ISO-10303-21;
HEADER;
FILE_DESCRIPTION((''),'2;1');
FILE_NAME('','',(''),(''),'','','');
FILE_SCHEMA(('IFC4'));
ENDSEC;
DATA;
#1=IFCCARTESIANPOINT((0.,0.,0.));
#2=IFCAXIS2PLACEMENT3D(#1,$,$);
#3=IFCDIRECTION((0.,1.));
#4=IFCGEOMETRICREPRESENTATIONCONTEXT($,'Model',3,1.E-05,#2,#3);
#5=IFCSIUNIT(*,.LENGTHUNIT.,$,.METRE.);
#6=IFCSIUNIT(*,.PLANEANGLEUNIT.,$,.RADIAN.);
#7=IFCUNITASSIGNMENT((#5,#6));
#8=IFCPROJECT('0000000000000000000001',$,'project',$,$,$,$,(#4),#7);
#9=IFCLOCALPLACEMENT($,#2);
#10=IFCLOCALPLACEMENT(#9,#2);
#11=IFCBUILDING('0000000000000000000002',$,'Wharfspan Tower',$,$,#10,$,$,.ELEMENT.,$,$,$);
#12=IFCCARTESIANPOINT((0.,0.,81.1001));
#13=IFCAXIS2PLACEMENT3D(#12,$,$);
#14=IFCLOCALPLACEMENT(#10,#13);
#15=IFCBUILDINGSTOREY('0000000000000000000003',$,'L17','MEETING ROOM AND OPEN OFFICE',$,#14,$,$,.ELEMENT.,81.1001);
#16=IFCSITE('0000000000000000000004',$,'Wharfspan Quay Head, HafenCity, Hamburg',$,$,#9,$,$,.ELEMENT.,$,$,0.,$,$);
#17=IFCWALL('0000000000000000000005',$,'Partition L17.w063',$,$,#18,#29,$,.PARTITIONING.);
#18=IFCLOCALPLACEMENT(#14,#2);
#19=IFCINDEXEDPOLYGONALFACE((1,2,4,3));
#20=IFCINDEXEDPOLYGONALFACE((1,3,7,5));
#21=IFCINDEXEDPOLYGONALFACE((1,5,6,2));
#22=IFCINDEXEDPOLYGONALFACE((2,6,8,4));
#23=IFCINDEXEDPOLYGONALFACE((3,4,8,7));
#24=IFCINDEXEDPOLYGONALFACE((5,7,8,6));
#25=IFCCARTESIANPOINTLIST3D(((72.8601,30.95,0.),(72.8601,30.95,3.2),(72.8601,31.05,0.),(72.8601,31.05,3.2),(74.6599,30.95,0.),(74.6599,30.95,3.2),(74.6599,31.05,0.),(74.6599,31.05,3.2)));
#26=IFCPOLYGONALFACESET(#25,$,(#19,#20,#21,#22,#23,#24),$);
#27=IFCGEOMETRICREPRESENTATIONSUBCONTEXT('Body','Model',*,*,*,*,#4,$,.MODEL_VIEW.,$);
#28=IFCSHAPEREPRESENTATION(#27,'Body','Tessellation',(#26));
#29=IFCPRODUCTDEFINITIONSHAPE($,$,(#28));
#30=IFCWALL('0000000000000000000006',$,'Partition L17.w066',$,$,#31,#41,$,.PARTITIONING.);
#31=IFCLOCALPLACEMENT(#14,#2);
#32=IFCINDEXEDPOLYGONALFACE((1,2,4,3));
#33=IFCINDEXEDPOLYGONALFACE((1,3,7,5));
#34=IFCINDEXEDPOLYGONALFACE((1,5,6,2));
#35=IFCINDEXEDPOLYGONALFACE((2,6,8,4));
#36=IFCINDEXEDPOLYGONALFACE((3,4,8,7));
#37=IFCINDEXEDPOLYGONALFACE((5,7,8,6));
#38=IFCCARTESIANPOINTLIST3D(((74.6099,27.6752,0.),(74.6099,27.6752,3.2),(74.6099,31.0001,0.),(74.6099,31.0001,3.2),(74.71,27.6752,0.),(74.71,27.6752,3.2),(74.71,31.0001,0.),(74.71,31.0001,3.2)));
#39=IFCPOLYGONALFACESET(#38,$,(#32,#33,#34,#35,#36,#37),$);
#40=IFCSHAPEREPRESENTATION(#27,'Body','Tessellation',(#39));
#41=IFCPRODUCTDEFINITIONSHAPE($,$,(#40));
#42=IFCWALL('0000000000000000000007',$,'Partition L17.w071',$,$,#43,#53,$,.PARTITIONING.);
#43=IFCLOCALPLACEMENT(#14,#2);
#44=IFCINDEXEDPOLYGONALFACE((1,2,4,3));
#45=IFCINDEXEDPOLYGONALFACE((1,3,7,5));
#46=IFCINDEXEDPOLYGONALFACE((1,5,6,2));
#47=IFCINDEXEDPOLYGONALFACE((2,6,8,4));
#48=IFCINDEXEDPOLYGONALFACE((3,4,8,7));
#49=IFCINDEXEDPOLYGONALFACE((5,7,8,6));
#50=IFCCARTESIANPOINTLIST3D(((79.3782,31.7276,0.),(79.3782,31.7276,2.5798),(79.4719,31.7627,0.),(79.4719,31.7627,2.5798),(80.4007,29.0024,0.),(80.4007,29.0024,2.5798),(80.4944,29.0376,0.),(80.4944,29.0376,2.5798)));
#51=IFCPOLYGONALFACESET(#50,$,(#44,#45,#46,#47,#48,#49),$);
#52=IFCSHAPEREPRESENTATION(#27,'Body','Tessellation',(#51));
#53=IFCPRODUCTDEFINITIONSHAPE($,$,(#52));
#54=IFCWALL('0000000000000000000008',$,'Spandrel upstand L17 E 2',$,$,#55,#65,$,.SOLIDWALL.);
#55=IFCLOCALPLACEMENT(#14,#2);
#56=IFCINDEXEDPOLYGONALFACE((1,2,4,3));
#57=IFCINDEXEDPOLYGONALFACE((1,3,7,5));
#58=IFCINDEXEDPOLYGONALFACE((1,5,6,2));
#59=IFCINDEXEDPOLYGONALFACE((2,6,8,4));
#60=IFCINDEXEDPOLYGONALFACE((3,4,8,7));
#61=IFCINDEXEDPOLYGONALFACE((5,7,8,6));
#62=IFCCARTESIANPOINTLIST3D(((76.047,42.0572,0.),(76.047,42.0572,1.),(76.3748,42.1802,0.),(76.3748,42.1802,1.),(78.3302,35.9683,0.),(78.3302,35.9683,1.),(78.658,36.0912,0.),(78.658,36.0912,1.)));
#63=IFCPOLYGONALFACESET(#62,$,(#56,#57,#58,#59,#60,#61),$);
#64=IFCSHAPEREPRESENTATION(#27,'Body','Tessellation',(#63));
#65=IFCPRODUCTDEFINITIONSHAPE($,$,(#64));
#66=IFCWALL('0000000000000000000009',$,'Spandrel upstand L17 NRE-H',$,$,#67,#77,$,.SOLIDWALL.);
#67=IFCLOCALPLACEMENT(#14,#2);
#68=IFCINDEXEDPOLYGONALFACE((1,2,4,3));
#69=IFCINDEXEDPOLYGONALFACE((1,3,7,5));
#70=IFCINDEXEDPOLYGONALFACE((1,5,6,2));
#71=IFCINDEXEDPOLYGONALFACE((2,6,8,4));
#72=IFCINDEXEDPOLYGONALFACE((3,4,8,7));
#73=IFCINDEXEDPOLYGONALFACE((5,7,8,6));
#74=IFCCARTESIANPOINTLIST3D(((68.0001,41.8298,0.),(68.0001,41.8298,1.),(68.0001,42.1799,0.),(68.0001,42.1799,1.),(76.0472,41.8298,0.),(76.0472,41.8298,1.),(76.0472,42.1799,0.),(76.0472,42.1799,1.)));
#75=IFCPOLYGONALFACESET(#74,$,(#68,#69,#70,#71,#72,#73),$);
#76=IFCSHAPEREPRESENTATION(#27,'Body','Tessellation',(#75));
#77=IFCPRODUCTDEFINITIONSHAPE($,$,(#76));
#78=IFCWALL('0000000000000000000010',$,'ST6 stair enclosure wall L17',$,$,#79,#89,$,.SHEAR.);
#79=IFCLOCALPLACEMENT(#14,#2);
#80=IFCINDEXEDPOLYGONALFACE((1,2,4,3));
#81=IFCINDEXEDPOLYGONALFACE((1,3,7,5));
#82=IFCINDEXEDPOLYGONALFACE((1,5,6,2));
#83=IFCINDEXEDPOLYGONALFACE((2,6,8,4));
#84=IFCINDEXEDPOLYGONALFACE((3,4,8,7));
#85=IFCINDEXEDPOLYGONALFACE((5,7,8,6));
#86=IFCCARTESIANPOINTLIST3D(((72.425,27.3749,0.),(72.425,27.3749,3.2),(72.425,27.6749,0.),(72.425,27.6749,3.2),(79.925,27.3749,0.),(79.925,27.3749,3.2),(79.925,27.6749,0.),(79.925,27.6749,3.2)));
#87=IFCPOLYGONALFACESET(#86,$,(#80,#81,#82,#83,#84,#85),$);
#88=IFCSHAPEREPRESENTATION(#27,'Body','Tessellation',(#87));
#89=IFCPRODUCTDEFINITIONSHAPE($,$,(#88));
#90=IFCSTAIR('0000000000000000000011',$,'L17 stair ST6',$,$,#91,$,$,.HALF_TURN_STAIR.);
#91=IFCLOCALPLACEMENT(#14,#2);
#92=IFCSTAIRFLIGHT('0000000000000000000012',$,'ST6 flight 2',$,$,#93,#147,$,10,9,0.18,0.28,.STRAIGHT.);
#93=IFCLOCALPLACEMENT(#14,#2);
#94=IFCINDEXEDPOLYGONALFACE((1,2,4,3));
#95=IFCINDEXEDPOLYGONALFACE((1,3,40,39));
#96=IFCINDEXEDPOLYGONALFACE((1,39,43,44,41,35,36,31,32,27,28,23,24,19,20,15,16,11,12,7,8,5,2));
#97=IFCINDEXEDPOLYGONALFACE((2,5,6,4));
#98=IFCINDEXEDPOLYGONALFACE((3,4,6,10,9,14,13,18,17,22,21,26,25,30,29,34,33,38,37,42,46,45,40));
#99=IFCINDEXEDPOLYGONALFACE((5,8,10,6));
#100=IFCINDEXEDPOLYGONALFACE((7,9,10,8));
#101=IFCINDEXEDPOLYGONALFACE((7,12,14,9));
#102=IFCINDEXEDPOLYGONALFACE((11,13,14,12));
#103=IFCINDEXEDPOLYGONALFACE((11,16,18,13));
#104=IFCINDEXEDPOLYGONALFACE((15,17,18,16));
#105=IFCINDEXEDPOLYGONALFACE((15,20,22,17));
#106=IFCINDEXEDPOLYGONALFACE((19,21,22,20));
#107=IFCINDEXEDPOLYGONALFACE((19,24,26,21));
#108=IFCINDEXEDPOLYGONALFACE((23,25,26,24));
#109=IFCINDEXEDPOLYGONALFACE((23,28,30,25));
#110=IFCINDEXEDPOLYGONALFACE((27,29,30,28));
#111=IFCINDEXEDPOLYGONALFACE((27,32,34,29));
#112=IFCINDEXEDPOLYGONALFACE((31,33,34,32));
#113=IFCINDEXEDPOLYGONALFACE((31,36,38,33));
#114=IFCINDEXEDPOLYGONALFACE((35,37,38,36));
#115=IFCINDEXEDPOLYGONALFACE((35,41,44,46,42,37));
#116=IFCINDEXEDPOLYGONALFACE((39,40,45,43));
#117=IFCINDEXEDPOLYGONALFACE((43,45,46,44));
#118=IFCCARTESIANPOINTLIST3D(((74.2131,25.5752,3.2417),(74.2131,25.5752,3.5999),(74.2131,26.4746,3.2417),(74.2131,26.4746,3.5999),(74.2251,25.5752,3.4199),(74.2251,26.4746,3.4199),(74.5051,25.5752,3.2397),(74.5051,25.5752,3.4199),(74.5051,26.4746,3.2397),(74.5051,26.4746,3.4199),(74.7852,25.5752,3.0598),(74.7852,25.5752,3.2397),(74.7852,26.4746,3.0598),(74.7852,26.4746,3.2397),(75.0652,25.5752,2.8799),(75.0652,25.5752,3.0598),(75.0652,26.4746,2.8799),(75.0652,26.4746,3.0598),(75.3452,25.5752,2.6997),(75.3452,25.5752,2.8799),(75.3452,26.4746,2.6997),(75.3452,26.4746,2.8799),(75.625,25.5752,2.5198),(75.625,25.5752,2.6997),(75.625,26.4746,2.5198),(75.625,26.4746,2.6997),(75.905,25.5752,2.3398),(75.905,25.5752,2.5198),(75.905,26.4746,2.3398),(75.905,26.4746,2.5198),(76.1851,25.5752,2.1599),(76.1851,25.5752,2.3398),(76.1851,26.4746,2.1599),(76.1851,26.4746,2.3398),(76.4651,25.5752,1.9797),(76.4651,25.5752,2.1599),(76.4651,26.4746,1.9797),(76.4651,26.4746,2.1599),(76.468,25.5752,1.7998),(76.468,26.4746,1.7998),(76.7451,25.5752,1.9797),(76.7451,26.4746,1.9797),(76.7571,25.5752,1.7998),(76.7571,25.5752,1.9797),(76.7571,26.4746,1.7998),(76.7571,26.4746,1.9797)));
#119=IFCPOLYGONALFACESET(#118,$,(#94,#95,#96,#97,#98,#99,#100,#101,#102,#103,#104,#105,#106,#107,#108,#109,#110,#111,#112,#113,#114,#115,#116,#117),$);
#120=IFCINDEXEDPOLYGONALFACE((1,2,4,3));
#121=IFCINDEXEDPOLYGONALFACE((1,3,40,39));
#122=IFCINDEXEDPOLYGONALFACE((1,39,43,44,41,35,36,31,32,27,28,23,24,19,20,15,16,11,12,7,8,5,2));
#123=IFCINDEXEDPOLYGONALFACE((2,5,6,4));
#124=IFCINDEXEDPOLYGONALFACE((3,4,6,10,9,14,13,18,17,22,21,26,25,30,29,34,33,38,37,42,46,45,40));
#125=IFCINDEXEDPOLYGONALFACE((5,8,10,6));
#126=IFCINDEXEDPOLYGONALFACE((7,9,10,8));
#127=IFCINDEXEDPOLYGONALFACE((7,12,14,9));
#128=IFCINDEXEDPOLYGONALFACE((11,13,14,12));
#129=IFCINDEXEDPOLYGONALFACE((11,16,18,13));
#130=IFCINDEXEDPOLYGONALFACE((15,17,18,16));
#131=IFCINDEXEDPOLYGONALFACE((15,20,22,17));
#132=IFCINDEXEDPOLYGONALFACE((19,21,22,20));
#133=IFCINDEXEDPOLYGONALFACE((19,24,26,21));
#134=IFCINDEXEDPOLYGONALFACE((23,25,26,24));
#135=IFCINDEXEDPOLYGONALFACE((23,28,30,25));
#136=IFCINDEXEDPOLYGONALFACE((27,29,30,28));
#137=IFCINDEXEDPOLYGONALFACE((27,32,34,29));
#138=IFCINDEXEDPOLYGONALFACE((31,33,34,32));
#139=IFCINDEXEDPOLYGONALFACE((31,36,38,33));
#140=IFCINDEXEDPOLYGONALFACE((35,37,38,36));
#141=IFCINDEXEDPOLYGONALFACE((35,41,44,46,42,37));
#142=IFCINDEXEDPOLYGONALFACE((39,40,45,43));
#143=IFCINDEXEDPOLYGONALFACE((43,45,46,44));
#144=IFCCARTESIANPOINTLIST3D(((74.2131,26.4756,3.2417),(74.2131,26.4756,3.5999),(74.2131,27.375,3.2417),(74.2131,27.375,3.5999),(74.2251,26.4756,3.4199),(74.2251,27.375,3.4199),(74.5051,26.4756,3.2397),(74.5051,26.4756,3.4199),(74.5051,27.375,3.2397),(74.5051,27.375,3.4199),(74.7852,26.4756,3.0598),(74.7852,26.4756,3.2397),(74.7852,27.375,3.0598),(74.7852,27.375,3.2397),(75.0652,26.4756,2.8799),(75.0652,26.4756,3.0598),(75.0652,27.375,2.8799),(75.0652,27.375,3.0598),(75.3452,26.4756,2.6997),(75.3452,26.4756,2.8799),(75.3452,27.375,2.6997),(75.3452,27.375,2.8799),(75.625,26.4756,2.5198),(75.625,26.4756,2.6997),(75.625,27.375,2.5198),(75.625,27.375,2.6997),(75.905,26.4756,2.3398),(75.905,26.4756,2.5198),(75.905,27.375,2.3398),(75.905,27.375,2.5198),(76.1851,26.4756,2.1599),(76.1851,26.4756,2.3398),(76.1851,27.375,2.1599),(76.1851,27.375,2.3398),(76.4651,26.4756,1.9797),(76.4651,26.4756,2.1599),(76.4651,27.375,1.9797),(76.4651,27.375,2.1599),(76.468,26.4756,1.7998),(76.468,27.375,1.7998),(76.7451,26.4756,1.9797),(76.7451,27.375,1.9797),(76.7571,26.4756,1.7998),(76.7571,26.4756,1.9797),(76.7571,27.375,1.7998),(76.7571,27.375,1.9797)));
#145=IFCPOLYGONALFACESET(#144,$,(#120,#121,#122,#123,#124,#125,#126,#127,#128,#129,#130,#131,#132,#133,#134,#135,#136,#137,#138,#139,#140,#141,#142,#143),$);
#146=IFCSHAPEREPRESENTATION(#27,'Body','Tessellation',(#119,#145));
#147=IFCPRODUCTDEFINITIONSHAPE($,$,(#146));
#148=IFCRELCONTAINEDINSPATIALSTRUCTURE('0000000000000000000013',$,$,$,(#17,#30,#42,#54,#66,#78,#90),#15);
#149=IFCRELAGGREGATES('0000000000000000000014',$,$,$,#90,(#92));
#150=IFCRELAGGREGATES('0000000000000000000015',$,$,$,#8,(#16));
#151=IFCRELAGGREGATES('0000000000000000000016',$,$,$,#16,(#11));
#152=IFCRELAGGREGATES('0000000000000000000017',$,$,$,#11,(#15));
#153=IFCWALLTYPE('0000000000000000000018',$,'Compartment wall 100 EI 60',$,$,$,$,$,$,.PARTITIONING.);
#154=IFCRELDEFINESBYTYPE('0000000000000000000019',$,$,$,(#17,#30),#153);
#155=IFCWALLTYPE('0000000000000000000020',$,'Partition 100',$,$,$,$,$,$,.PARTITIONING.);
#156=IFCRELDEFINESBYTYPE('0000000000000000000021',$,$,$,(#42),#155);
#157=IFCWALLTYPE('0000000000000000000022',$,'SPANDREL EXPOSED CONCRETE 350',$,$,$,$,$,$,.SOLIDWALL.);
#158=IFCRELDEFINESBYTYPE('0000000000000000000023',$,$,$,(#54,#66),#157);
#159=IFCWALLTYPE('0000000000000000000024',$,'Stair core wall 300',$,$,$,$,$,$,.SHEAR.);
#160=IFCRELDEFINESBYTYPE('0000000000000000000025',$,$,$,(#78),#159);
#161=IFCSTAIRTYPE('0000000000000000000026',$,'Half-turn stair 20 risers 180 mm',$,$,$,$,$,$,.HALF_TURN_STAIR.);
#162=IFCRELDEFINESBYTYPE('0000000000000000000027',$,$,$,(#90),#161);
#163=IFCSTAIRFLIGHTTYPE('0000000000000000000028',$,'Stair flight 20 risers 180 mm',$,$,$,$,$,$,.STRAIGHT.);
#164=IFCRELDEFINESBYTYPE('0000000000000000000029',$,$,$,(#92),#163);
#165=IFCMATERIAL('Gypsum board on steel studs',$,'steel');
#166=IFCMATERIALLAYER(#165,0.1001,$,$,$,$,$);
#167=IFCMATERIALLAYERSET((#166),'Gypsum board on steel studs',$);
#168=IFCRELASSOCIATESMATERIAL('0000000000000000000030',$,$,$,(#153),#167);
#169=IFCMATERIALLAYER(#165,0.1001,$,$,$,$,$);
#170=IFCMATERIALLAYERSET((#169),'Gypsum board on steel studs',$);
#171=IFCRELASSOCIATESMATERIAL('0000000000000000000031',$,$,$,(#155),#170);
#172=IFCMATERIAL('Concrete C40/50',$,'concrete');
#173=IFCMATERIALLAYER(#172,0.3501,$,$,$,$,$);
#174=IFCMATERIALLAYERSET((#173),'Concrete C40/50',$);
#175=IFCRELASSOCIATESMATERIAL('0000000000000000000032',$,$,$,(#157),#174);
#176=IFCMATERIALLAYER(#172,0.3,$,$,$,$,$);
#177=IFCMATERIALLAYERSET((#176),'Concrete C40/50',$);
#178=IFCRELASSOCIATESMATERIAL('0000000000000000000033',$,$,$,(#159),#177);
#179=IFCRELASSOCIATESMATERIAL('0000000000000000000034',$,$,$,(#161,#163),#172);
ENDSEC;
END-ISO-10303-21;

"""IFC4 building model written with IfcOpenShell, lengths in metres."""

from ifc_helpers import new_model, si_unit, direction, frame, frame_2d, origin, place, context, subcontext, project, spatial, polyline, rectangle, outline, extrude, material, layer, layer_set, type_object, element, aggregate, save


model = new_model("IFC4")

# Units and contexts
model_context = context("Model", 3, precision=1e-05, world=origin(), true_north=direction((0.0, 1.0)))
body_context = subcontext(model_context, "Body", "Model", "MODEL_VIEW")
ifc_project = project(units=[si_unit("LENGTHUNIT", "METRE"), si_unit("PLANEANGLEUNIT", "RADIAN")], contexts=[model_context])

# Site, building, storey
site_placement = place(None, origin())
site = spatial("IfcSite", under=ifc_project, at=site_placement, Name="Wharfspan Quay Head, HafenCity, Hamburg", CompositionType="ELEMENT", RefElevation=0.0)
building_placement = place(site_placement, origin())
building = spatial("IfcBuilding", under=site, at=building_placement, Name="Wharfspan Tower", CompositionType="ELEMENT")
storey_placement = place(building_placement, frame((0.0, 0.0, 81.1001)))
storey = spatial("IfcBuildingStorey", under=building, at=storey_placement, Name="L17", Description="MEETING ROOM AND OPEN OFFICE", CompositionType="ELEMENT", Elevation=81.1001)

# Walls
ifc_material_1 = material(Name="Gypsum board on steel studs", Category="steel")
ifc_layer_1 = layer(ifc_material_1, 0.1001)
ifc_layer_set_1 = layer_set([ifc_layer_1], Name="Gypsum board on steel studs")
wall_type_1 = type_object("IfcWallType", Name="Compartment wall 100 EI 60", PredefinedType="PARTITIONING", material=ifc_layer_set_1)
wall_1_placement = place(storey_placement, frame((72.8601, 31.0, 0.0), z_axis=(0.0, 0.0, 1.0), x_axis=(1.0, 0.0, 0.0)))
element("IfcWall", 1, at=wall_1_placement, inside=storey, type_object=wall_type_1, Name="Partition L17.w063", PredefinedType="PARTITIONING", context=body_context, shape_type="SweptSolid", body=[
    extrude(rectangle(XDim=1.7998, YDim=0.1001, at=frame_2d((0.8999, 0.0))), origin(), (0.0, 0.0, 1.0), 3.2),
])
wall_2_placement = place(storey_placement, frame((74.6599, 27.675, 0.0), z_axis=(0.0, 0.0, 1.0), x_axis=(0.0, 1.0, 0.0)))
element("IfcWall", 2, at=wall_2_placement, inside=storey, type_object=wall_type_1, Name="Partition L17.w066", PredefinedType="PARTITIONING", context=body_context, shape_type="SweptSolid", body=[
    extrude(rectangle(XDim=3.325, YDim=0.1001, at=frame_2d((1.6626, 0.0))), origin(), (0.0, 0.0, 1.0), 3.2),
])
ifc_layer_2 = layer(ifc_material_1, 0.1001)
ifc_layer_set_2 = layer_set([ifc_layer_2], Name="Gypsum board on steel studs")
wall_type_2 = type_object("IfcWallType", Name="Partition 100", PredefinedType="PARTITIONING", material=ifc_layer_set_2)
wall_3_placement = place(storey_placement, frame((80.4475, 29.02, 0.0), z_axis=(0.0, 0.0, 1.0), x_axis=(-0.35129, 0.93627, 0.0)))
element("IfcWall", 3, at=wall_3_placement, inside=storey, type_object=wall_type_2, Name="Partition L17.w071", PredefinedType="PARTITIONING", context=body_context, shape_type="SweptSolid", body=[
    extrude(rectangle(XDim=2.9106, YDim=0.1001, at=frame_2d((1.4553, 0.0))), origin(), (0.0, 0.0, 1.0), 2.5798),
])
ifc_material_2 = material(Name="Concrete C40/50", Category="concrete")
ifc_layer_3 = layer(ifc_material_2, 0.3501)
ifc_layer_set_3 = layer_set([ifc_layer_3], Name="Concrete C40/50")
wall_type_3 = type_object("IfcWallType", Name="SPANDREL EXPOSED CONCRETE 350", PredefinedType="SOLIDWALL", material=ifc_layer_set_3)
wall_4_placement = place(storey_placement, frame((78.4941, 36.0298, 0.0), z_axis=(0.0, 0.0, 1.0), x_axis=(-0.351108, 0.936338, 0.0)))
element("IfcWall", 4, at=wall_4_placement, inside=storey, type_object=wall_type_3, Name="Spandrel upstand L17 E 2", PredefinedType="SOLIDWALL", context=body_context, shape_type="SweptSolid", body=[
    extrude(rectangle(XDim=6.5029, YDim=0.3501, at=frame_2d((3.2515, 0.0))), origin(), (0.0, 0.0, 1.0), 1.0),
])
wall_5_placement = place(storey_placement, frame((76.0471, 42.0049, 0.0), z_axis=(0.0, 0.0, 1.0), x_axis=(-1.0, 0.0, 0.0)))
element("IfcWall", 5, at=wall_5_placement, inside=storey, type_object=wall_type_3, Name="Spandrel upstand L17 NRE-H", PredefinedType="SOLIDWALL", context=body_context, shape_type="SweptSolid", body=[
    extrude(rectangle(XDim=8.0471, YDim=0.3501, at=frame_2d((4.0234, 0.0))), origin(), (0.0, 0.0, 1.0), 1.0),
])
ifc_layer_4 = layer(ifc_material_2, 0.3)
ifc_layer_set_4 = layer_set([ifc_layer_4], Name="Concrete C40/50")
wall_type_4 = type_object("IfcWallType", Name="Stair core wall 300", PredefinedType="SHEAR", material=ifc_layer_set_4)
wall_6_placement = place(storey_placement, frame((72.425, 27.5249, 0.0), z_axis=(0.0, 0.0, 1.0), x_axis=(1.0, 0.0, 0.0)))
element("IfcWall", 6, at=wall_6_placement, inside=storey, type_object=wall_type_4, Name="ST6 stair enclosure wall L17", PredefinedType="SHEAR", context=body_context, shape_type="SweptSolid", body=[
    extrude(rectangle(XDim=7.5, YDim=0.3, at=frame_2d((3.75, 0.0))), origin(), (0.0, 0.0, 1.0), 3.2),
])

# Stair, stair flight
stair_type = type_object("IfcStairType", Name="Half-turn stair 20 risers 180 mm", PredefinedType="HALF_TURN_STAIR", material=ifc_material_2)
stair_placement = place(storey_placement, origin())
stair = element("IfcStair", 7, at=stair_placement, inside=storey, type_object=stair_type, Name="L17 stair ST6", PredefinedType="HALF_TURN_STAIR")
stair_flight_type = type_object("IfcStairFlightType", Name="Stair flight 20 risers 180 mm", PredefinedType="STRAIGHT", material=ifc_material_2)
stair_flight_placement = place(storey_placement, frame((76.7451, 26.4751, 1.7998), z_axis=(0.0, 0.0, 1.0), x_axis=(-1.0, 0.0, 0.0)))
stair_flight = element("IfcStairFlight", 8, at=stair_flight_placement, type_object=stair_flight_type, Name="ST6 flight 2", NumberOfRisers=10, NumberOfTreads=9, PredefinedType="STRAIGHT", RiserHeight=0.18, TreadLength=0.28, context=body_context, shape_type="SweptSolid", body=[
    extrude(outline(polyline([(-0.012, 0.0), (-0.012, 0.1799), (0.0, 0.1799), (0.28, 0.1799), (0.28, 0.3601), (0.5601, 0.3601), (0.5601, 0.54), (0.8401, 0.54), (0.8401, 0.72), (1.1201, 0.72), (1.1201, 0.8999), (1.3999, 0.8999), (1.3999, 1.0801), (1.6799, 1.0801), (1.6799, 1.26), (1.96, 1.26), (1.96, 1.4399), (2.24, 1.4399), (2.24, 1.6201), (2.52, 1.6201), (2.532, 1.8), (2.532, 1.4419), (0.2771, 0.0), (-0.012, 0.0)])), frame((0.0, 0.8999, 0.0), z_axis=(0.0, -1.0, 0.0), x_axis=(1.0, 0.0, 0.0)), (0.0, 0.0, 1.0), 0.8994),
    extrude(outline(polyline([(-0.012, 0.0), (-0.012, 0.1799), (0.0, 0.1799), (0.28, 0.1799), (0.28, 0.3601), (0.5601, 0.3601), (0.5601, 0.54), (0.8401, 0.54), (0.8401, 0.72), (1.1201, 0.72), (1.1201, 0.8999), (1.3999, 0.8999), (1.3999, 1.0801), (1.6799, 1.0801), (1.6799, 1.26), (1.96, 1.26), (1.96, 1.4399), (2.24, 1.4399), (2.24, 1.6201), (2.52, 1.6201), (2.532, 1.8), (2.532, 1.4419), (0.2771, 0.0), (-0.012, 0.0)])), frame((0.0, -0.0005, 0.0), z_axis=(0.0, -1.0, 0.0), x_axis=(1.0, 0.0, 0.0)), (0.0, 0.0, 1.0), 0.8994),
])
aggregate(stair, [stair_flight])

save(model, "model.ifc")
